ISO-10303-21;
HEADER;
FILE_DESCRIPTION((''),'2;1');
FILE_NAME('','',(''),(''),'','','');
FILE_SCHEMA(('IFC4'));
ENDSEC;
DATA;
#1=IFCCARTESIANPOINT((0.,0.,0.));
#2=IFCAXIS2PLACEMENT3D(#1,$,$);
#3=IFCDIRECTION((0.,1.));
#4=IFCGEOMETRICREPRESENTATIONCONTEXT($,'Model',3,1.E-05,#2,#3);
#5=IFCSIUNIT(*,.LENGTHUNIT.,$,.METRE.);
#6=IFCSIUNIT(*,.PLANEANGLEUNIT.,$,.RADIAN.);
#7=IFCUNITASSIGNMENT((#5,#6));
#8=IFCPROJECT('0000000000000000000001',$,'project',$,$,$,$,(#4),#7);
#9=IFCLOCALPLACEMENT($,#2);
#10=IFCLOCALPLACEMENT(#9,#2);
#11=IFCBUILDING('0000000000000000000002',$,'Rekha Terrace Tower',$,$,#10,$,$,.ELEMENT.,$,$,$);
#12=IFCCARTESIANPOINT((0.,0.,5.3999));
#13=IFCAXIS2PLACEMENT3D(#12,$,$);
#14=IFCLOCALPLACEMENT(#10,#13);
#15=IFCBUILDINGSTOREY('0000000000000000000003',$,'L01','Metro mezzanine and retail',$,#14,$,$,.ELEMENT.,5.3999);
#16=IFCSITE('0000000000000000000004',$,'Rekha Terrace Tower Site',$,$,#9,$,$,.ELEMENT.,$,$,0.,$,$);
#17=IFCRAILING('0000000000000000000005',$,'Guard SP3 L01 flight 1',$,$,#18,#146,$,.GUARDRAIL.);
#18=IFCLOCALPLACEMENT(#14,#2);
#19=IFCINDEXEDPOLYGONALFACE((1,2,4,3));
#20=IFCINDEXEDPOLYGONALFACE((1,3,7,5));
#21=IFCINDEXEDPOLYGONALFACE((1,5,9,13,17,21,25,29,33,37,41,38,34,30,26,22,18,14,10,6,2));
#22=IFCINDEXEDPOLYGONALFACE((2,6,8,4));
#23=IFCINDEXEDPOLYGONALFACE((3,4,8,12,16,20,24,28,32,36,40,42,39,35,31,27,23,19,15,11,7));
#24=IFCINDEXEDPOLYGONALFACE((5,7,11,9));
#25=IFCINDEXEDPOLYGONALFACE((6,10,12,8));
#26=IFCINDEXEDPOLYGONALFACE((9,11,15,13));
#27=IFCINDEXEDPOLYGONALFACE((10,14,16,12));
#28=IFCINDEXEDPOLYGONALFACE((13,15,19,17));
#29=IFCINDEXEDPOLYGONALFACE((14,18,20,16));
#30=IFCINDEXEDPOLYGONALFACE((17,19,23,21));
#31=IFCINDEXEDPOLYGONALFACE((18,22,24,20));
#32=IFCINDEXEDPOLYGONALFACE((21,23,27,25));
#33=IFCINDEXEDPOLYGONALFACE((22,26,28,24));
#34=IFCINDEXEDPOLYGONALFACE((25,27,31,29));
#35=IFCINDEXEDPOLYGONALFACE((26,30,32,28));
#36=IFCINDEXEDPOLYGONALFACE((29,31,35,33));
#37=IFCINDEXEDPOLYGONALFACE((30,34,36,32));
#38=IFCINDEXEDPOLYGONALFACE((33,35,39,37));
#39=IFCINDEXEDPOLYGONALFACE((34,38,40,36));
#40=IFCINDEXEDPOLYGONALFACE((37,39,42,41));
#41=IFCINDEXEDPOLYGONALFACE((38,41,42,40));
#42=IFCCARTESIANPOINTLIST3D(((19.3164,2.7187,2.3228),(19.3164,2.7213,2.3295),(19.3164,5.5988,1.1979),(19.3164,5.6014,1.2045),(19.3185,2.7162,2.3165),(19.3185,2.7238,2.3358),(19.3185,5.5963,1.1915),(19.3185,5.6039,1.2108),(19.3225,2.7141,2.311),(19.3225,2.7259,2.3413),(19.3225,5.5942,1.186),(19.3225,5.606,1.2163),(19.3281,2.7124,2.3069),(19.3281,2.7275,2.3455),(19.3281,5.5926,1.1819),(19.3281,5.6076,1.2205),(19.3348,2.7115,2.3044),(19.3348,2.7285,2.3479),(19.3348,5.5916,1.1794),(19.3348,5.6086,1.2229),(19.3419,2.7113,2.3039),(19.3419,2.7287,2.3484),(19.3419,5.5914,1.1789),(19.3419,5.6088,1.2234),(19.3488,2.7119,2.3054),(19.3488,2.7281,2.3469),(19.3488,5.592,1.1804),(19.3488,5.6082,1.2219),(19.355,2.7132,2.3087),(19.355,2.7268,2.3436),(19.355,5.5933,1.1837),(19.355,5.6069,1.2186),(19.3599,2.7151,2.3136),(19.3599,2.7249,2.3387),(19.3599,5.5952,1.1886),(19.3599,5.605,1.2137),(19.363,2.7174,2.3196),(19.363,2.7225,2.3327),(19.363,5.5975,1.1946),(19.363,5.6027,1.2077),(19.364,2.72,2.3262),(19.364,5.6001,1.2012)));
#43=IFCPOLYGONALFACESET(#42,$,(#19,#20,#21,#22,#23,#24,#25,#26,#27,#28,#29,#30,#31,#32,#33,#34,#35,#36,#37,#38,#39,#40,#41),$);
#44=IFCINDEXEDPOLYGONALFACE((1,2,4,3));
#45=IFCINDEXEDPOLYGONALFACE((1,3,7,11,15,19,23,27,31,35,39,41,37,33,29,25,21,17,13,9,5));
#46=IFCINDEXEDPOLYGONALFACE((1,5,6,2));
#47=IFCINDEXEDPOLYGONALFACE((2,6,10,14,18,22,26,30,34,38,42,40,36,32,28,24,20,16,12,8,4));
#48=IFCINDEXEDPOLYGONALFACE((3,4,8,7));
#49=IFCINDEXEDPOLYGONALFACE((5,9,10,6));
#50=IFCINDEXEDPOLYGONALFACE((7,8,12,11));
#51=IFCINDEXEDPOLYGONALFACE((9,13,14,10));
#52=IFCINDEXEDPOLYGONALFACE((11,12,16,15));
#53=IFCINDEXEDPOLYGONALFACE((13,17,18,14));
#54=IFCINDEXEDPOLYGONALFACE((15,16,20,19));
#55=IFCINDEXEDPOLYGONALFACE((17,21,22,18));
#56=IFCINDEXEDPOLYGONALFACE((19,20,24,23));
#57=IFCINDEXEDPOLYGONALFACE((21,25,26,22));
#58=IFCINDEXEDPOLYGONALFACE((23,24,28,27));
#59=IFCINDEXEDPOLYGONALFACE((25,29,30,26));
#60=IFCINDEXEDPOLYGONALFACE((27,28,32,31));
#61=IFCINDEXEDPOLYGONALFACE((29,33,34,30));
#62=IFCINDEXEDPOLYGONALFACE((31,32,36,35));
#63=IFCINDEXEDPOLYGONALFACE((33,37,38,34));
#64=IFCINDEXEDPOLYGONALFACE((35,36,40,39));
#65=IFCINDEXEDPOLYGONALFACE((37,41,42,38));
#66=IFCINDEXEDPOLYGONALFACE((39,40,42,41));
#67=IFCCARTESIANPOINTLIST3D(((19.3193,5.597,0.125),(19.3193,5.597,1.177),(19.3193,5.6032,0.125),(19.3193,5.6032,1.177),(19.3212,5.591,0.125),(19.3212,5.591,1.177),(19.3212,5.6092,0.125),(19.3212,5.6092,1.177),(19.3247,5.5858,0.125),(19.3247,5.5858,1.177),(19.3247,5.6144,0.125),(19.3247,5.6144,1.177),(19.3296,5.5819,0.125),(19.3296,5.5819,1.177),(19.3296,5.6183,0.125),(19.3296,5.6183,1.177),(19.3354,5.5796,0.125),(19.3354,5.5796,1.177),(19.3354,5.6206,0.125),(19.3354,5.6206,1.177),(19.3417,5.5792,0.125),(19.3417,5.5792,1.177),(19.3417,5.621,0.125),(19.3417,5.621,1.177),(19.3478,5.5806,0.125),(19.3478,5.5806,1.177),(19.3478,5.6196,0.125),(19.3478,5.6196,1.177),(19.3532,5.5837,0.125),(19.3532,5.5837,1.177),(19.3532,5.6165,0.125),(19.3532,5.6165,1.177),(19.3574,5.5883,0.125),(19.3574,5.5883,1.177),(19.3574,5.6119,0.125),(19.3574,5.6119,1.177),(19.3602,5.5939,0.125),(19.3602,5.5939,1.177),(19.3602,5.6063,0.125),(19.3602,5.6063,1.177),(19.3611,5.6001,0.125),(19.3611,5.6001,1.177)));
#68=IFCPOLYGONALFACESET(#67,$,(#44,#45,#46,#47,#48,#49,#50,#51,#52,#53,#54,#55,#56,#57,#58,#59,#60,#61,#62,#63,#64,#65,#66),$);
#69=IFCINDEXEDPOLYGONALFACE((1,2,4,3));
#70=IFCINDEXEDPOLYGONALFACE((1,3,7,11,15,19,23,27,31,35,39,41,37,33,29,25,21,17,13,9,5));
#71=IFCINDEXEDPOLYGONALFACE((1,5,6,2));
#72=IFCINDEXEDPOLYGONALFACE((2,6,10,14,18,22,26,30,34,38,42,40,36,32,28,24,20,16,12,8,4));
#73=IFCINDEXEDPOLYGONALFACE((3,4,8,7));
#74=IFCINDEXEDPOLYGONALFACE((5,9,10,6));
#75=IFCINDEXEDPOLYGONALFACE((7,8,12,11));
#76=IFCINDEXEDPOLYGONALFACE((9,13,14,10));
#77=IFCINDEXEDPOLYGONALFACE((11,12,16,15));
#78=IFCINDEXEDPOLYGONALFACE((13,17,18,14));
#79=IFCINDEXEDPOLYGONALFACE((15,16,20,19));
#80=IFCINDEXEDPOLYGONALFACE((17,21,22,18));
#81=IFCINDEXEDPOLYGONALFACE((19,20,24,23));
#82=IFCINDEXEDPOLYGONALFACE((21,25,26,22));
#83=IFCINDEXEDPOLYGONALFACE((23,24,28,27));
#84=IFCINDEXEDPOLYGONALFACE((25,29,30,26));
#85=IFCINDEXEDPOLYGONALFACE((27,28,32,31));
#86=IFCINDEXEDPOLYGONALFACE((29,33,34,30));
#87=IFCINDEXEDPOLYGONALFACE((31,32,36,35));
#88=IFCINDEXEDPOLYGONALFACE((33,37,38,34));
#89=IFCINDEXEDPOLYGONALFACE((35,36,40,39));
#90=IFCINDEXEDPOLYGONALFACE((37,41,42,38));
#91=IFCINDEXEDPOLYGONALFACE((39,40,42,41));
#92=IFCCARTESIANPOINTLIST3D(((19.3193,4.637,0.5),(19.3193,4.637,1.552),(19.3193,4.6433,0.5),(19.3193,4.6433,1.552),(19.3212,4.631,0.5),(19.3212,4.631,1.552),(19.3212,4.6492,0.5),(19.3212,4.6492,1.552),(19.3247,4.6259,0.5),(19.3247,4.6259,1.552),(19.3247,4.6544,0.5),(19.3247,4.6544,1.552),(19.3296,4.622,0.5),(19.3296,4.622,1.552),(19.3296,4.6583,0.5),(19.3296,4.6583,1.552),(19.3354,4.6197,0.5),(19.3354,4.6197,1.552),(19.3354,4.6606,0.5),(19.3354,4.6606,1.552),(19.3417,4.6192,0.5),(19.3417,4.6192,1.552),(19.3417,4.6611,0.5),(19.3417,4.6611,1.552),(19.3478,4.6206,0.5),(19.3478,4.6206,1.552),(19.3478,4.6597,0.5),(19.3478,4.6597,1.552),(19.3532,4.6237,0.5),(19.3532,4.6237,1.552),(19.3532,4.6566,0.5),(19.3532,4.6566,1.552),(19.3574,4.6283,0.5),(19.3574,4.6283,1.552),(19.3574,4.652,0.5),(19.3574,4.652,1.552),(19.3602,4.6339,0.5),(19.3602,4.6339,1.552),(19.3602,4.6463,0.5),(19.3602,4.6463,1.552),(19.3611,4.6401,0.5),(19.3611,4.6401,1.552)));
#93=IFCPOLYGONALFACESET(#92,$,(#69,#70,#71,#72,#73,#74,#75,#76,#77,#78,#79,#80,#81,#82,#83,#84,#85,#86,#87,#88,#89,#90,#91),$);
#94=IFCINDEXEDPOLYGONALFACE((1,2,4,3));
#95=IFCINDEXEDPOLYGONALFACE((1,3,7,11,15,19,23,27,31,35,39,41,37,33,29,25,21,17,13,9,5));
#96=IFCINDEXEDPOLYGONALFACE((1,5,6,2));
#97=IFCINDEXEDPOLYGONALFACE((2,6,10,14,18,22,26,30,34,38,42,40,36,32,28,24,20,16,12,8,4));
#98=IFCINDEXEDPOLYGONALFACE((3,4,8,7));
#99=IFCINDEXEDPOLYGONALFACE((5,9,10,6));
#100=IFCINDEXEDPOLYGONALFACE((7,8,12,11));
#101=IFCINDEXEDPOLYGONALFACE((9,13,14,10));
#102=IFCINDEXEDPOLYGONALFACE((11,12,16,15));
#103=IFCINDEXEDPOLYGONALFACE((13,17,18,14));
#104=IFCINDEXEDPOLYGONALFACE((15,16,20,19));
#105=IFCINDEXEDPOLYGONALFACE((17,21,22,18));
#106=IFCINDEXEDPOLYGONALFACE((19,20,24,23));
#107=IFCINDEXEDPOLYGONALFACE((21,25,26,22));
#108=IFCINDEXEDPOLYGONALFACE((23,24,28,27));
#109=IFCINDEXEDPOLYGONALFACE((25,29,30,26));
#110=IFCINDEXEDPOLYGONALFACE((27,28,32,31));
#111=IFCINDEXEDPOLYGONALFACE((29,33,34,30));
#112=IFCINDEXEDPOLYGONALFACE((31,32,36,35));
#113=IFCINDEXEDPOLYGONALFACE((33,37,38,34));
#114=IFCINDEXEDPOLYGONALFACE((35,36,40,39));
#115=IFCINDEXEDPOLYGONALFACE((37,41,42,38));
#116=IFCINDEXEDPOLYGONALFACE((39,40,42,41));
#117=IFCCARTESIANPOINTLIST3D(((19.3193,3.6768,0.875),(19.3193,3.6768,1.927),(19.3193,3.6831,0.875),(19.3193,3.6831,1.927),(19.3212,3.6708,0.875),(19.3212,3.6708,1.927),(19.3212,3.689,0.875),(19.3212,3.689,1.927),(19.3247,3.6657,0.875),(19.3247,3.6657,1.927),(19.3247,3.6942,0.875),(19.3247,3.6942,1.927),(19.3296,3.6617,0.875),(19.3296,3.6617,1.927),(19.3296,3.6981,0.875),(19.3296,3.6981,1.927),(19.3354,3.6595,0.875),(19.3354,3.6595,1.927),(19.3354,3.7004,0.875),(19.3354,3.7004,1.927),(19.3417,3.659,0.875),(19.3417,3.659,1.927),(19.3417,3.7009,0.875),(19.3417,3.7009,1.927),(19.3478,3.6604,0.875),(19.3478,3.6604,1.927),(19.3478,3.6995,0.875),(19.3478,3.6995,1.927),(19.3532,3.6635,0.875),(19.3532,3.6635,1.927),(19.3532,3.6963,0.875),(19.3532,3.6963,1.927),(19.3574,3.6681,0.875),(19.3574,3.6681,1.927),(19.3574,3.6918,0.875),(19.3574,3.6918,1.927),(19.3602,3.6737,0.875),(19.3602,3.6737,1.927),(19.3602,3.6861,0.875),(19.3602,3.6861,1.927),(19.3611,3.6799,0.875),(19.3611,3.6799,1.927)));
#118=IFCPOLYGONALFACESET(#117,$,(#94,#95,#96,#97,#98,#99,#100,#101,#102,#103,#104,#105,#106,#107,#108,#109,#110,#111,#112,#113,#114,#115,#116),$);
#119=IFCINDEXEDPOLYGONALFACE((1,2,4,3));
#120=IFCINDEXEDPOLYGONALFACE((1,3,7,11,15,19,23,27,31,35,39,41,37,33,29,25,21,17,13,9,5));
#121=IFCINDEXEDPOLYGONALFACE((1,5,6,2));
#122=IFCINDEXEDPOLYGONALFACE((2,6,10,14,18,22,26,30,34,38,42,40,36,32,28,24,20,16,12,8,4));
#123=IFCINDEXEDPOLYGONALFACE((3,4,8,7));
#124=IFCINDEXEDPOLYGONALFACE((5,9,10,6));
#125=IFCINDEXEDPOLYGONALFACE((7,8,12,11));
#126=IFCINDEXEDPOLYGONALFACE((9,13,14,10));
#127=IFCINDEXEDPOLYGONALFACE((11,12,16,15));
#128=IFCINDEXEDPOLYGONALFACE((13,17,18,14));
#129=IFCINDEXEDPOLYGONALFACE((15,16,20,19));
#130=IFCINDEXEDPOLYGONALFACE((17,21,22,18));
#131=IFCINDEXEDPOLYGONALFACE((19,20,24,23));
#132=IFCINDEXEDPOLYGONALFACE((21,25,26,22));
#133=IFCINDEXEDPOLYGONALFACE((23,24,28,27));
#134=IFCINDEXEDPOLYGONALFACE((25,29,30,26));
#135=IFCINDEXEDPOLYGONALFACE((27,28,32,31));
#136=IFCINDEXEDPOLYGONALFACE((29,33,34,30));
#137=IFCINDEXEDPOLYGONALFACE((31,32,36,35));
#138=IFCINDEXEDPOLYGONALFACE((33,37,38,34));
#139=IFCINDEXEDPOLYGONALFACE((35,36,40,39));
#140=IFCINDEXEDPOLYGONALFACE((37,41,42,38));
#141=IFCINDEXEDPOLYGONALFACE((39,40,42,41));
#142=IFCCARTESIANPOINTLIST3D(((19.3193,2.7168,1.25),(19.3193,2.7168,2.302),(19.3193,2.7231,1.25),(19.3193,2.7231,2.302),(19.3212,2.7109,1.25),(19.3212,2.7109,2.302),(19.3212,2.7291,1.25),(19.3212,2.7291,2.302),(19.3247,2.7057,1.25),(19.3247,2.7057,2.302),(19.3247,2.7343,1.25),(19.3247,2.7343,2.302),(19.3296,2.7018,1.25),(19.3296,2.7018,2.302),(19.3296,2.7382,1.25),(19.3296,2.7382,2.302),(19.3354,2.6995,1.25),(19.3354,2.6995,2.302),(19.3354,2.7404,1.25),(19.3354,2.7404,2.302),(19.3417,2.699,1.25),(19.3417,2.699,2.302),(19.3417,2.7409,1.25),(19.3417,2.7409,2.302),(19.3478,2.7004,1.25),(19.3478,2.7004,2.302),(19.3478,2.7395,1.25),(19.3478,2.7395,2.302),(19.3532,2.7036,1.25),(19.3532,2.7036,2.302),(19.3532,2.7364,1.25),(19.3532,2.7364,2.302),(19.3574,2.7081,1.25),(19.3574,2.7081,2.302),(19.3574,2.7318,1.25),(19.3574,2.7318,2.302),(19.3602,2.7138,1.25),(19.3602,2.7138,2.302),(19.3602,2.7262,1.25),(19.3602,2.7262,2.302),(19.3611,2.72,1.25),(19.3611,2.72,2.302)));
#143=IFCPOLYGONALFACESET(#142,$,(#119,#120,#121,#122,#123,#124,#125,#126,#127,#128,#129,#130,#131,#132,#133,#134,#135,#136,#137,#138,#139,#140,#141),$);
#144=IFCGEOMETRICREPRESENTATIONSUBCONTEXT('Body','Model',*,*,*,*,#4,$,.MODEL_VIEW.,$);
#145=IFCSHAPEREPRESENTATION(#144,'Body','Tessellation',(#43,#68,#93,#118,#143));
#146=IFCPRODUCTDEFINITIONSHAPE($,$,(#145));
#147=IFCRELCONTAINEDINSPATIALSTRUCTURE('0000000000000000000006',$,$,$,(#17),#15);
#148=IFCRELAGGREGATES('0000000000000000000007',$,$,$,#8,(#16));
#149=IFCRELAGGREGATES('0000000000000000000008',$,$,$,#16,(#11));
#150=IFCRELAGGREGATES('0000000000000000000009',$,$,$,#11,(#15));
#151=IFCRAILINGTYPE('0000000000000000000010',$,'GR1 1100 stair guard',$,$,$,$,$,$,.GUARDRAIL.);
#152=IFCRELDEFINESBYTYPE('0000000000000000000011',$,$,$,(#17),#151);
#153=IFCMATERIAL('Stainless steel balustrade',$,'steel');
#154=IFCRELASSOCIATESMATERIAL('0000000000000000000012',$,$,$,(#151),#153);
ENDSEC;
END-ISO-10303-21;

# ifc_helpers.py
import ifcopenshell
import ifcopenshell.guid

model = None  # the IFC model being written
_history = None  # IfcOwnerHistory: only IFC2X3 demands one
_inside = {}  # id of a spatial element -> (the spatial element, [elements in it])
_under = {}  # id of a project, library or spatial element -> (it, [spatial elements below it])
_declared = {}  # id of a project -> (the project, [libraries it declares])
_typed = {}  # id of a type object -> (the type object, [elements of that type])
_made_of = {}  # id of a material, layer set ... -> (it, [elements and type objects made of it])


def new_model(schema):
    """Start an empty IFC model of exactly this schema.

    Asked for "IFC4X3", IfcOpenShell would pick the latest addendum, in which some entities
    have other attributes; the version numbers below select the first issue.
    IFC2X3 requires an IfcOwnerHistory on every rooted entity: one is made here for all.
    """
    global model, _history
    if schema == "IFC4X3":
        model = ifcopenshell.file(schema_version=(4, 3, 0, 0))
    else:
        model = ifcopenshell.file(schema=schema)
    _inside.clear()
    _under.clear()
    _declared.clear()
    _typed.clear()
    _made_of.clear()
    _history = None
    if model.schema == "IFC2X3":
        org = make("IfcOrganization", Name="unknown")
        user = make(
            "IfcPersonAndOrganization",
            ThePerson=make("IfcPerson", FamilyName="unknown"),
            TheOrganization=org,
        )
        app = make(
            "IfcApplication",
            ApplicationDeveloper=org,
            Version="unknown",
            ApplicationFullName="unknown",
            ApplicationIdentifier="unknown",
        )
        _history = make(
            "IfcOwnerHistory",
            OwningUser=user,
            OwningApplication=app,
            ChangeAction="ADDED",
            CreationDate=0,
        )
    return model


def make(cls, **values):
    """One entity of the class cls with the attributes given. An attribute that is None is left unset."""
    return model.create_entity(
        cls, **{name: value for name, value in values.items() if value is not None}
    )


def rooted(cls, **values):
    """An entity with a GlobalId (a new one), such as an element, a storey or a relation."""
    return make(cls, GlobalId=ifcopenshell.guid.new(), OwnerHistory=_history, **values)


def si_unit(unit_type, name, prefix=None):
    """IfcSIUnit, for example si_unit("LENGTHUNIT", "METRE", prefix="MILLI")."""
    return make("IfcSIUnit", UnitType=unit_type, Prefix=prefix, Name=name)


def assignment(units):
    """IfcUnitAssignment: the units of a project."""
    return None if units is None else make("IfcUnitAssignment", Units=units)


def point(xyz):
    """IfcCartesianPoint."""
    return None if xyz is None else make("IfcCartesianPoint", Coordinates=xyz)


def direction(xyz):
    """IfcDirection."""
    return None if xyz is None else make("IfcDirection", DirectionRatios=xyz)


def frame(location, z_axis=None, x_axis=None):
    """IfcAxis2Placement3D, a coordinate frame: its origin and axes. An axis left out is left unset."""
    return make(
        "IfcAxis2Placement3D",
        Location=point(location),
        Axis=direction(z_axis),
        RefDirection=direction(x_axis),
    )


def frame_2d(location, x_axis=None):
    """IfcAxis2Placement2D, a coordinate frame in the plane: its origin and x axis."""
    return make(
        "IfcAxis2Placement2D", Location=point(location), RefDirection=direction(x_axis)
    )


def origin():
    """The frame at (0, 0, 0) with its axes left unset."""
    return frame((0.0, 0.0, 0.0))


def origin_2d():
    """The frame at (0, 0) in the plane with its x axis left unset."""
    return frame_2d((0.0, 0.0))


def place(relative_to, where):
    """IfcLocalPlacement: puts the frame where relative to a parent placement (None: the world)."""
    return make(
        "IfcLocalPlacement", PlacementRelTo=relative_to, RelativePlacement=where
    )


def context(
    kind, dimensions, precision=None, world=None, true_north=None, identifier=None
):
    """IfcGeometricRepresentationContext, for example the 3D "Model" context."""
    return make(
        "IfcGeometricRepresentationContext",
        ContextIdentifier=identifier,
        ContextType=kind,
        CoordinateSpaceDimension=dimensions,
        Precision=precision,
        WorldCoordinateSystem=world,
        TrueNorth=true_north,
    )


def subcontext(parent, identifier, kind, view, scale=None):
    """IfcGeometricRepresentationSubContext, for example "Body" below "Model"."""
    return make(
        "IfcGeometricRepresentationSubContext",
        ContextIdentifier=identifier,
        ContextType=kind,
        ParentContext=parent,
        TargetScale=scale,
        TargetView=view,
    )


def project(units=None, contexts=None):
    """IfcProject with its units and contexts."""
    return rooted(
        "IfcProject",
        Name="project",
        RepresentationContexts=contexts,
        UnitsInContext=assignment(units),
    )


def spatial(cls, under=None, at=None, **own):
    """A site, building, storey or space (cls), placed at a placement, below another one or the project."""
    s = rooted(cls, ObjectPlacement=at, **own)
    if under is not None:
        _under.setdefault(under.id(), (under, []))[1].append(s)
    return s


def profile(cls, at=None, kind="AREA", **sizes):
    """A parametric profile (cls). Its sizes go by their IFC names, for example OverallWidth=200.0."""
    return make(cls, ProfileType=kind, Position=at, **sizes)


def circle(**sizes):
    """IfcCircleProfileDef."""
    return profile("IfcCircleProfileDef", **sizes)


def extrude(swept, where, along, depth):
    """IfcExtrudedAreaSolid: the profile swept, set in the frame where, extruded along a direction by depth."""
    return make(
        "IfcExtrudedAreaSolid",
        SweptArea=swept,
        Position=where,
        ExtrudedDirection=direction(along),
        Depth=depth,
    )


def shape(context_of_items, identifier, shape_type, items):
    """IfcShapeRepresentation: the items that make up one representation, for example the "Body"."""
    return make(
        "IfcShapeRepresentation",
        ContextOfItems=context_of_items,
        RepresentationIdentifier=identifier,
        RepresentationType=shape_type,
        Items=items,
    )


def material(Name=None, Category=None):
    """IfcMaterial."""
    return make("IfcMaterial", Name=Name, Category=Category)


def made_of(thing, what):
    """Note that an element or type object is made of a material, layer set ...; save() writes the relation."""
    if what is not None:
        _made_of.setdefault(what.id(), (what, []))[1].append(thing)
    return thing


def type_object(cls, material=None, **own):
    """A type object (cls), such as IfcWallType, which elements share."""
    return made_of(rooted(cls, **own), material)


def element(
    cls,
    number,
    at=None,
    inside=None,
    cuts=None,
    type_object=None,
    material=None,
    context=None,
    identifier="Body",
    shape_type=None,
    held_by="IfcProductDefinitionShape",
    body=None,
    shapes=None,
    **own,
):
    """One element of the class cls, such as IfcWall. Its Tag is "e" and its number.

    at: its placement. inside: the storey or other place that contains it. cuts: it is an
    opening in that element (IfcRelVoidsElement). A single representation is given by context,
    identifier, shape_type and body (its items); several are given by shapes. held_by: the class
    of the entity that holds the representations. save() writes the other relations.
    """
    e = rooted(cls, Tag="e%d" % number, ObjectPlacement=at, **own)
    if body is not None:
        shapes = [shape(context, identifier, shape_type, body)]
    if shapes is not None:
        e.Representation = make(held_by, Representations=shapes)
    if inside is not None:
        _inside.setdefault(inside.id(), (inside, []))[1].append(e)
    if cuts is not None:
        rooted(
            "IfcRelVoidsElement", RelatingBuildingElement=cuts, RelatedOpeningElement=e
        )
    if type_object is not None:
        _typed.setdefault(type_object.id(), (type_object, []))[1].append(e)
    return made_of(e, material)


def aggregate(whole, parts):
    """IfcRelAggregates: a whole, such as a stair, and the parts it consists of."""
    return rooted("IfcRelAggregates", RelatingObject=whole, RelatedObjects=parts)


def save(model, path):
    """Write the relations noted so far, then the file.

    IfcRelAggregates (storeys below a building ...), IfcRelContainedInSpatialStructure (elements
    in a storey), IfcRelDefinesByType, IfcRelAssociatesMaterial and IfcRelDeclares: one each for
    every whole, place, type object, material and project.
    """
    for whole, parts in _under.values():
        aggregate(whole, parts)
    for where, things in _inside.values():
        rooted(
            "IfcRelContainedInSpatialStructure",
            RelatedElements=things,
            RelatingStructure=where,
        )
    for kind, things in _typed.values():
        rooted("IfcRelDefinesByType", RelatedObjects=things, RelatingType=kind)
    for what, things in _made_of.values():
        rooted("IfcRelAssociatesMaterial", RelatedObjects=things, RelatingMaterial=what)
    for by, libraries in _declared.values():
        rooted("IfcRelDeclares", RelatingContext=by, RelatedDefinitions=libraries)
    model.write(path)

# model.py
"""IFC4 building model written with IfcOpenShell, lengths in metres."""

from ifc_helpers import new_model, si_unit, direction, frame, origin, origin_2d, place, context, subcontext, project, spatial, circle, extrude, material, type_object, element, save


model = new_model("IFC4")

# Units and contexts
model_context = context("Model", 3, precision=1e-05, world=origin(), true_north=direction((0.0, 1.0)))
body_context = subcontext(model_context, "Body", "Model", "MODEL_VIEW")
ifc_project = project(units=[si_unit("LENGTHUNIT", "METRE"), si_unit("PLANEANGLEUNIT", "RADIAN")], contexts=[model_context])

# Site, building, storey
site_placement = place(None, origin())
site = spatial("IfcSite", under=ifc_project, at=site_placement, Name="Rekha Terrace Tower Site", CompositionType="ELEMENT", RefElevation=0.0)
building_placement = place(site_placement, origin())
building = spatial("IfcBuilding", under=site, at=building_placement, Name="Rekha Terrace Tower", CompositionType="ELEMENT")
storey_placement = place(building_placement, frame((0.0, 0.0, 5.3999)))
storey = spatial("IfcBuildingStorey", under=building, at=storey_placement, Name="L01", Description="Metro mezzanine and retail", CompositionType="ELEMENT", Elevation=5.3999)

# Railing
ifc_material_1 = material(Name="Stainless steel balustrade", Category="steel")
railing_type_1 = type_object("IfcRailingType", Name="GR1 1100 stair guard", PredefinedType="GUARDRAIL", material=ifc_material_1)
railing_1_placement = place(storey_placement, frame((19.3401, 5.6001, 0.125)))
element("IfcRailing", 1, at=railing_1_placement, inside=storey, type_object=railing_type_1, Name="Guard SP3 L01 flight 1", PredefinedType="GUARDRAIL", context=body_context, shape_type="SweptSolid", body=[
    extrude(circle(Radius=0.0239, at=origin_2d()), frame((0.0, 0.0, 1.0762), z_axis=(0.0, -0.931463, 0.363837), x_axis=(1.0, 0.0, 0.0)), (0.0, 0.0, 1.0), 3.092),
    extrude(circle(Radius=0.021, at=origin_2d()), origin(), (0.0, 0.0, 1.0), 1.052),
    extrude(circle(Radius=0.021, at=origin_2d()), frame((0.0, -0.96, 0.375)), (0.0, 0.0, 1.0), 1.052),
    extrude(circle(Radius=0.021, at=origin_2d()), frame((0.0, -1.9202, 0.75)), (0.0, 0.0, 1.0), 1.052),
    extrude(circle(Radius=0.021, at=origin_2d()), frame((0.0, -2.8801, 1.125)), (0.0, 0.0, 1.0), 1.052),
])

save(model, "model.ifc")
